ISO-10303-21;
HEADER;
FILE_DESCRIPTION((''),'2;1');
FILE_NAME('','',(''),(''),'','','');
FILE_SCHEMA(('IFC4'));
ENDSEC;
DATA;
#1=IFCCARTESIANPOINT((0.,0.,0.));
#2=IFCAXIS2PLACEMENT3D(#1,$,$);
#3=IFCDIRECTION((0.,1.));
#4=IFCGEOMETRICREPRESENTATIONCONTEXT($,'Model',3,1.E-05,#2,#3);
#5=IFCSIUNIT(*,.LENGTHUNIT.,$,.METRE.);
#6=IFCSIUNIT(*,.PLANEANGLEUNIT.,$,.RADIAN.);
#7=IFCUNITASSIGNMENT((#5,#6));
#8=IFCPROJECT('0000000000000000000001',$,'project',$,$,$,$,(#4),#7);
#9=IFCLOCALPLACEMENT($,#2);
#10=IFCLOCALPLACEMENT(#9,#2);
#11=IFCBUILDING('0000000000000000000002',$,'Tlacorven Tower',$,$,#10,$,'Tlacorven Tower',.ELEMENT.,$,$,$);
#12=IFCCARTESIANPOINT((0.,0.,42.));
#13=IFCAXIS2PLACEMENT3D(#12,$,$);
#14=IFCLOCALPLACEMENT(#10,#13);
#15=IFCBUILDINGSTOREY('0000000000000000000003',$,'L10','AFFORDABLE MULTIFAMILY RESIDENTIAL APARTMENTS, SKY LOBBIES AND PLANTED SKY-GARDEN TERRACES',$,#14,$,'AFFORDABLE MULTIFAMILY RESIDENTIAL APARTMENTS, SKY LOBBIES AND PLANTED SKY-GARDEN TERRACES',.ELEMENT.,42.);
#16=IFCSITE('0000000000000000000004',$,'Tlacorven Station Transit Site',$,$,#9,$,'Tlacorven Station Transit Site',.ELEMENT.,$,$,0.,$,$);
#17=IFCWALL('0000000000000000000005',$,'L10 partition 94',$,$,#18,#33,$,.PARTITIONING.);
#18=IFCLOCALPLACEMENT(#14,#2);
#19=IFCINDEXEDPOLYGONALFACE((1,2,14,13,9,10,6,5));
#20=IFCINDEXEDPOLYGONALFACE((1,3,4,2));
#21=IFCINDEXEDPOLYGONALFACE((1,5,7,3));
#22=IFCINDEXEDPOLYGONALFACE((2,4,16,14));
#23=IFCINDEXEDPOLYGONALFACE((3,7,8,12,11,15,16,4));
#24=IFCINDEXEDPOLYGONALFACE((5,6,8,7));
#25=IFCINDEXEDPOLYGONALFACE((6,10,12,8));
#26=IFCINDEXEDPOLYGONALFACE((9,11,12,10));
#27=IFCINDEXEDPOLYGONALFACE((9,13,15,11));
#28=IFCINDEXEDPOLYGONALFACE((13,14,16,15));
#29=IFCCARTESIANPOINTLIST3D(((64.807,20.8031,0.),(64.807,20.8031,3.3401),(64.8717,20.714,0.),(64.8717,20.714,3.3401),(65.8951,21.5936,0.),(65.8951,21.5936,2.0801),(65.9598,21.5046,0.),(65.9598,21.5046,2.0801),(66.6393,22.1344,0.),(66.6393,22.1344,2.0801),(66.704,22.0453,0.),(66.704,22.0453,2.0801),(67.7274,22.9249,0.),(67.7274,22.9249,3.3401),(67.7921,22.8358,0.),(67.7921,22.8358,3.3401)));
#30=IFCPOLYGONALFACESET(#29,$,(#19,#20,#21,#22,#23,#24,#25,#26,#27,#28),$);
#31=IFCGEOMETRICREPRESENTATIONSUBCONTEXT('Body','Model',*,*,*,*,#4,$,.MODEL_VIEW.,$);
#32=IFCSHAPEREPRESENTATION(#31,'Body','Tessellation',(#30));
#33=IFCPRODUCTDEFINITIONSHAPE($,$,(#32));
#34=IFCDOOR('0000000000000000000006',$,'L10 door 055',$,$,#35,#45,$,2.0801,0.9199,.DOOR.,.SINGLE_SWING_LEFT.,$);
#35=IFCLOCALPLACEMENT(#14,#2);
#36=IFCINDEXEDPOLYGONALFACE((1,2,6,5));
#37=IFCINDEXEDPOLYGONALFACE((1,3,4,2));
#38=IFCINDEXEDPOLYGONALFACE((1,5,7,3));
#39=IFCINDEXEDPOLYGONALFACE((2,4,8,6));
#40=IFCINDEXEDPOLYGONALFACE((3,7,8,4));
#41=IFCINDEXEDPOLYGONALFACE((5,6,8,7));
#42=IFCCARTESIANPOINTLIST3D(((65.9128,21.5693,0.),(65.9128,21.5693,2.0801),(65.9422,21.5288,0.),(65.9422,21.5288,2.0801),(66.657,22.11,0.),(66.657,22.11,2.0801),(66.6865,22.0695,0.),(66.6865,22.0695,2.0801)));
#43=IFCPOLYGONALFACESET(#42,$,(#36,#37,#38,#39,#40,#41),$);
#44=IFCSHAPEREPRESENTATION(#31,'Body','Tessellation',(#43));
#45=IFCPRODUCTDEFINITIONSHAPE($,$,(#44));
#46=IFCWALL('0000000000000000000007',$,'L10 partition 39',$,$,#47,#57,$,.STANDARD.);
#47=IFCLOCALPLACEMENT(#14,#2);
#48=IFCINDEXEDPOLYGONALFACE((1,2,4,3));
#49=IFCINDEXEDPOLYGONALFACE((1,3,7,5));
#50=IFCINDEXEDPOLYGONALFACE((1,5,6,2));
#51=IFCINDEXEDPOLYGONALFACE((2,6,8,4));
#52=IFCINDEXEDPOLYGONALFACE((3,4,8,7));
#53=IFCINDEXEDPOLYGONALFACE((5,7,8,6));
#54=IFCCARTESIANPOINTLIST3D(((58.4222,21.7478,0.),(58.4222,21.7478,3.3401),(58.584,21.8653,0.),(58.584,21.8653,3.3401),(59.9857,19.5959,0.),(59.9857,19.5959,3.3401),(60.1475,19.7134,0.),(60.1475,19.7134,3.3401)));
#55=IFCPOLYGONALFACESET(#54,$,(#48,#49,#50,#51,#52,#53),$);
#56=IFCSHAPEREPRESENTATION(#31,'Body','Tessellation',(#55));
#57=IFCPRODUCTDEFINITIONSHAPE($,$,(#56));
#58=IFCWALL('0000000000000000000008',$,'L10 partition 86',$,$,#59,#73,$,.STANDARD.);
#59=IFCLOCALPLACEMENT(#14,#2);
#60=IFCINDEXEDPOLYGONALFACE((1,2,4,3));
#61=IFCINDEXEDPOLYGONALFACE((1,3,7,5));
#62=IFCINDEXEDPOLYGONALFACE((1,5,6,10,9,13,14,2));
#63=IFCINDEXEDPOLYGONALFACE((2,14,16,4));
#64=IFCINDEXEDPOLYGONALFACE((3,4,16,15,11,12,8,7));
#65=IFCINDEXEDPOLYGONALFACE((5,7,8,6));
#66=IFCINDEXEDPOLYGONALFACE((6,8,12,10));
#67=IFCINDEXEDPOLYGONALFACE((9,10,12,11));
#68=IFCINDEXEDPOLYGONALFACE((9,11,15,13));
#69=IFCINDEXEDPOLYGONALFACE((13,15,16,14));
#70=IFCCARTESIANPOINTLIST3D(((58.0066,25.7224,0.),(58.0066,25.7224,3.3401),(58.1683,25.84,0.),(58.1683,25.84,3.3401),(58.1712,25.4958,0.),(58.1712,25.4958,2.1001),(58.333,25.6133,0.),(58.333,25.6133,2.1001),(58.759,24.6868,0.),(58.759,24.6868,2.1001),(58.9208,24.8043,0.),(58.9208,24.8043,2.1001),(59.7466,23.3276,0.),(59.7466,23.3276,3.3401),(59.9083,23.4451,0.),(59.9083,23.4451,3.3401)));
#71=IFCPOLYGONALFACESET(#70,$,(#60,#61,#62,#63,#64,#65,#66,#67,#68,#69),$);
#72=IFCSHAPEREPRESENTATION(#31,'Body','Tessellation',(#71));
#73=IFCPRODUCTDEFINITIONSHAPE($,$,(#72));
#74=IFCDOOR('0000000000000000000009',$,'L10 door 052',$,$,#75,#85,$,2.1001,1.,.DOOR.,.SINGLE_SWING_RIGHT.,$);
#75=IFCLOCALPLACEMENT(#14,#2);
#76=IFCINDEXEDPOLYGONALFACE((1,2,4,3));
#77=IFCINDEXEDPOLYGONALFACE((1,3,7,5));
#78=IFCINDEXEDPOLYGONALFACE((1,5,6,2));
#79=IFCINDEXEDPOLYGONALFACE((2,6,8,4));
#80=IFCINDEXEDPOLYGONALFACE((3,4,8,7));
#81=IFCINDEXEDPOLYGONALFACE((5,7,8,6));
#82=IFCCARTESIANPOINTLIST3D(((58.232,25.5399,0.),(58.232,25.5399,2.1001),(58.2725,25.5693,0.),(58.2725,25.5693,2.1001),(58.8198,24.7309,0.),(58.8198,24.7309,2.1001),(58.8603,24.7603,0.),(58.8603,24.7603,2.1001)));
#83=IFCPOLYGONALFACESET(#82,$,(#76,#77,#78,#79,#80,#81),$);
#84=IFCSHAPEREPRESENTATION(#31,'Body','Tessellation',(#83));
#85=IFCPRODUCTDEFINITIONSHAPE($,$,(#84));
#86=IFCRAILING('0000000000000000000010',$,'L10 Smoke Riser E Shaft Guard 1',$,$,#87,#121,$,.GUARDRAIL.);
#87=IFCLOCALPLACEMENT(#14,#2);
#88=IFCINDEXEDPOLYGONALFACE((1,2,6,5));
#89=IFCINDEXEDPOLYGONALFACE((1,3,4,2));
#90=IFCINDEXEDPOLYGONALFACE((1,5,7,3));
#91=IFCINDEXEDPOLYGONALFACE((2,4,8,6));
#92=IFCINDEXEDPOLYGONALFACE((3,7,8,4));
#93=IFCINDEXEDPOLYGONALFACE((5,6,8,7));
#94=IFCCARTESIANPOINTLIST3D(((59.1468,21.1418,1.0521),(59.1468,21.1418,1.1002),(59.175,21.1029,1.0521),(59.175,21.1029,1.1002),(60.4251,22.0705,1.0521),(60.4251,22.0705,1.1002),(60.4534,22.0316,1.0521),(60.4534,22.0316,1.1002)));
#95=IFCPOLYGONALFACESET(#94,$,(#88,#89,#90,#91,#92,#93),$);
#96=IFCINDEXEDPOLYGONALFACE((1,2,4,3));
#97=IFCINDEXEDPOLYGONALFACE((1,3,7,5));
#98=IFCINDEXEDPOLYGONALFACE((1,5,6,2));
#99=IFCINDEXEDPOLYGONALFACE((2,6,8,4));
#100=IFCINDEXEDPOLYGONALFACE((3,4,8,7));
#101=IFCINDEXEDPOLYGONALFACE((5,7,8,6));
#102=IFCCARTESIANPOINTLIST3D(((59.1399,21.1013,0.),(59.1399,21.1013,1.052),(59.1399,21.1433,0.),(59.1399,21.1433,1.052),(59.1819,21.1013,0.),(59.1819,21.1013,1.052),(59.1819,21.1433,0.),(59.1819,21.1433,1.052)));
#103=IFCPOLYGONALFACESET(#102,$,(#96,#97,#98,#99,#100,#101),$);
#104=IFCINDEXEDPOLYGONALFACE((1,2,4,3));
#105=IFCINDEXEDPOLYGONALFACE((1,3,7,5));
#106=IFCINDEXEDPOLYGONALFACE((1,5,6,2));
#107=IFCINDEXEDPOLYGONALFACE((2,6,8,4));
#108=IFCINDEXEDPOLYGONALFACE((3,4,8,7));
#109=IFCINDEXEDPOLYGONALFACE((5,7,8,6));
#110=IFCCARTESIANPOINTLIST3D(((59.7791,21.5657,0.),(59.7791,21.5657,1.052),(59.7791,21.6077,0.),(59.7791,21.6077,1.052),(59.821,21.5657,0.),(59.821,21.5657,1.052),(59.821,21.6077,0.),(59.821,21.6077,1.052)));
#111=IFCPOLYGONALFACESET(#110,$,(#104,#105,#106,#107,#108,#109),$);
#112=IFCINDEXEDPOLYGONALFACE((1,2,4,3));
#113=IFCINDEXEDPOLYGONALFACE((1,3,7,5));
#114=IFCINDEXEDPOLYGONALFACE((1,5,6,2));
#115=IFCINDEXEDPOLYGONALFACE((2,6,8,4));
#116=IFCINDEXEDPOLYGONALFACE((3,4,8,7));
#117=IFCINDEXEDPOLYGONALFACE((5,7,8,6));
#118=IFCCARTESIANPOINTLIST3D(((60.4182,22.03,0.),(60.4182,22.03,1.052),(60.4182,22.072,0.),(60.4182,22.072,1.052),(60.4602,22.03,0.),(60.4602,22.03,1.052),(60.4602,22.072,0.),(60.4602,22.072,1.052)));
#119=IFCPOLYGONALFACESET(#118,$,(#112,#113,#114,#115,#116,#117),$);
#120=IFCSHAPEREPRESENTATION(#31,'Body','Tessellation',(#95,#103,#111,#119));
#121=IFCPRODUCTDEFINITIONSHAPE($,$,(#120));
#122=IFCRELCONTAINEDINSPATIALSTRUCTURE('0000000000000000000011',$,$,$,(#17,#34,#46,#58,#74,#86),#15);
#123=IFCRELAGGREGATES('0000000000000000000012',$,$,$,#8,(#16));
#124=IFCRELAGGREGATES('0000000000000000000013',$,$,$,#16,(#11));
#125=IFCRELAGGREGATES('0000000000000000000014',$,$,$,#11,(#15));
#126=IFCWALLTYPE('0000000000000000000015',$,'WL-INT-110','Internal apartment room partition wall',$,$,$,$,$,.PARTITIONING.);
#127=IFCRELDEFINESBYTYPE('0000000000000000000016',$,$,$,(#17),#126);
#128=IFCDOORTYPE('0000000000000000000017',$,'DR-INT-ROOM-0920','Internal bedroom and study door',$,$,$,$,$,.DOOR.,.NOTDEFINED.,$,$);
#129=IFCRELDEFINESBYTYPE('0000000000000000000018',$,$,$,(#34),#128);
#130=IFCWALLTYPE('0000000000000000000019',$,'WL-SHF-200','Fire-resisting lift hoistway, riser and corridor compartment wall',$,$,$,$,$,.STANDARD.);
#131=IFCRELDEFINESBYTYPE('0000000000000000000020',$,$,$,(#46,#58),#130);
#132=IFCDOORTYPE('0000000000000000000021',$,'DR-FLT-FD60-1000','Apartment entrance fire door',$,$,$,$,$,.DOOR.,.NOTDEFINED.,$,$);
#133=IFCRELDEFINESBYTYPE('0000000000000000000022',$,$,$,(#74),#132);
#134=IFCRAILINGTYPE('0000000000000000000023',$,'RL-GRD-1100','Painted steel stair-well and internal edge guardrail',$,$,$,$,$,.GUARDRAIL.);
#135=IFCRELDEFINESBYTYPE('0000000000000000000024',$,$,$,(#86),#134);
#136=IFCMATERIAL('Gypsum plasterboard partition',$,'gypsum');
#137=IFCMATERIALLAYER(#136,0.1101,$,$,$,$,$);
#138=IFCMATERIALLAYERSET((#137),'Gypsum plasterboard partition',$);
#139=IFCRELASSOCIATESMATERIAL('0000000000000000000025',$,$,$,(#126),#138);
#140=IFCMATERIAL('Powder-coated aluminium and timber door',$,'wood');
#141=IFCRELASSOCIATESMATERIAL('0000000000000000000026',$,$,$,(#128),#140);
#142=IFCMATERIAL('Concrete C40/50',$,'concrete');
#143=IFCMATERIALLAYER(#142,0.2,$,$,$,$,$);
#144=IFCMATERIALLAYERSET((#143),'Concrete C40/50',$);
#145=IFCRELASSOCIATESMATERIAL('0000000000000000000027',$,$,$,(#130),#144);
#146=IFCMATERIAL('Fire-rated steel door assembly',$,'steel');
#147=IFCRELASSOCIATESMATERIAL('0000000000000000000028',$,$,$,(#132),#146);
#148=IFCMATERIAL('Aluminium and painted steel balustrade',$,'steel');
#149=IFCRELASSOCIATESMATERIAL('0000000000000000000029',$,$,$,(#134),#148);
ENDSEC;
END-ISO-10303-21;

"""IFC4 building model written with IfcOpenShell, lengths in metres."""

from ifc_helpers import new_model, si_unit, direction, frame, frame_2d, origin, origin_2d, place, context, subcontext, project, spatial, rectangle, extrude, source, transform, mapped, material, layer, layer_set, type_object, element, fill, save


model = new_model("IFC4")

# Units and contexts
model_context = context("Model", 3, precision=1e-05, world=origin(), true_north=direction((0.0, 1.0)))
body_context = subcontext(model_context, "Body", "Model", "MODEL_VIEW")
ifc_project = project(units=[si_unit("LENGTHUNIT", "METRE"), si_unit("PLANEANGLEUNIT", "RADIAN")], contexts=[model_context])

# Site, building, storey
site_placement = place(None, origin())
site = spatial("IfcSite", under=ifc_project, at=site_placement, Name="Tlacorven Station Transit Site", LongName="Tlacorven Station Transit Site", CompositionType="ELEMENT", RefElevation=0.0)
building_placement = place(site_placement, origin())
building = spatial("IfcBuilding", under=site, at=building_placement, Name="Tlacorven Tower", LongName="Tlacorven Tower", CompositionType="ELEMENT")
storey_placement = place(building_placement, frame((0.0, 0.0, 42.0)))
storey = spatial("IfcBuildingStorey", under=building, at=storey_placement, Name="L10", Description="AFFORDABLE MULTIFAMILY RESIDENTIAL APARTMENTS, SKY LOBBIES AND PLANTED SKY-GARDEN TERRACES", LongName="AFFORDABLE MULTIFAMILY RESIDENTIAL APARTMENTS, SKY LOBBIES AND PLANTED SKY-GARDEN TERRACES", CompositionType="ELEMENT", Elevation=42.0)

# Wall, opening, door
ifc_material_1 = material(Name="Gypsum plasterboard partition", Category="gypsum")
ifc_layer_1 = layer(ifc_material_1, 0.1101)
ifc_layer_set_1 = layer_set([ifc_layer_1], Name="Gypsum plasterboard partition")
wall_type_1 = type_object("IfcWallType", Name="WL-INT-110", Description="Internal apartment room partition wall", PredefinedType="PARTITIONING", material=ifc_layer_set_1)
wall_1_placement = place(storey_placement, frame((64.8394, 20.7585, 0.0), z_axis=(0.0, 0.0, 1.0), x_axis=(0.809014, 0.58779, 0.0)))
wall_1 = element("IfcWall", 1, at=wall_1_placement, inside=storey, type_object=wall_type_1, Name="L10 partition 94", PredefinedType="PARTITIONING", context=body_context, shape_type="SweptSolid", body=[
    extrude(rectangle(XDim=3.6099, YDim=0.1101, at=frame_2d((1.8049, 0.0))), origin(), (0.0, 0.0, 1.0), 3.3401),
])
opening_1_placement = place(wall_1_placement, frame((1.345, 0.0, 0.0)))
opening_1 = element("IfcOpeningElement", 2, at=opening_1_placement, cuts=wall_1, PredefinedType="OPENING", context=body_context, shape_type="SweptSolid", body=[
    extrude(rectangle(XDim=0.9199, YDim=2.0801, at=frame_2d((0.46, 1.04))), frame((0.0, 0.0649, 0.0), z_axis=(0.0, -1.0, 0.0), x_axis=(1.0, 0.0, 0.0)), (0.0, 0.0, 1.0), 0.1301),
])
ifc_material_2 = material(Name="Powder-coated aluminium and timber door", Category="wood")
door_type_1 = type_object("IfcDoorType", Name="DR-INT-ROOM-0920", Description="Internal bedroom and study door", OperationType="NOTDEFINED", PredefinedType="DOOR", material=ifc_material_2)
shared_shape_1 = source(origin(), body_context, "Body", "SweptSolid", [
    extrude(rectangle(XDim=0.9199, YDim=2.0801, at=frame_2d((0.46, 1.04))), frame((0.0, 0.0249, 0.0), z_axis=(0.0, -1.0, 0.0), x_axis=(1.0, 0.0, 0.0)), (0.0, 0.0, 1.0), 0.05),
])
door_1_placement = place(opening_1_placement, origin())
door_1 = element("IfcDoor", 3, at=door_1_placement, inside=storey, type_object=door_type_1, Name="L10 door 055", OperationType="SINGLE_SWING_LEFT", OverallHeight=2.0801, OverallWidth=0.9199, PredefinedType="DOOR", context=body_context, shape_type="MappedRepresentation", body=[
    mapped(shared_shape_1, transform((0.0, 0.0, 0.0), scale=1.0)),
])
fill(opening_1, door_1)

# Wall
ifc_material_3 = material(Name="Concrete C40/50", Category="concrete")
ifc_layer_2 = layer(ifc_material_3, 0.2)
ifc_layer_set_2 = layer_set([ifc_layer_2], Name="Concrete C40/50")
wall_type_2 = type_object("IfcWallType", Name="WL-SHF-200", Description="Fire-resisting lift hoistway, riser and corridor compartment wall", PredefinedType="STANDARD", material=ifc_layer_set_2)
wall_2_placement = place(storey_placement, frame((60.0667, 19.6545, 0.0), z_axis=(0.0, 0.0, 1.0), x_axis=(-0.587801, 0.809006, 0.0)))
element("IfcWall", 4, at=wall_2_placement, inside=storey, type_object=wall_type_2, Name="L10 partition 39", PredefinedType="STANDARD", context=body_context, shape_type="SweptSolid", body=[
    extrude(rectangle(XDim=2.6599, YDim=0.2, at=frame_2d((1.3301, 0.0))), origin(), (0.0, 0.0, 1.0), 3.3401),
])

# Wall, opening, door
wall_3_placement = place(storey_placement, frame((59.8274, 23.3865, 0.0), z_axis=(0.0, 0.0, 1.0), x_axis=(-0.587804, 0.809003, 0.0)))
wall_3 = element("IfcWall", 5, at=wall_3_placement, inside=storey, type_object=wall_type_2, Name="L10 partition 86", PredefinedType="STANDARD", context=body_context, shape_type="SweptSolid", body=[
    extrude(rectangle(XDim=2.9602, YDim=0.2, at=frame_2d((1.48, 0.0))), origin(), (0.0, 0.0, 1.0), 3.3401),
])
opening_2_placement = place(wall_3_placement, frame((1.6799, 0.0, 0.0)))
opening_2 = element("IfcOpeningElement", 6, at=opening_2_placement, cuts=wall_3, PredefinedType="OPENING", context=body_context, shape_type="SweptSolid", body=[
    extrude(rectangle(XDim=1.0, YDim=2.1001, at=frame_2d((0.5, 1.05))), frame((0.0, 0.1099, 0.0), z_axis=(0.0, -1.0, 0.0), x_axis=(1.0, 0.0, 0.0)), (0.0, 0.0, 1.0), 0.22),
])
ifc_material_4 = material(Name="Fire-rated steel door assembly", Category="steel")
door_type_2 = type_object("IfcDoorType", Name="DR-FLT-FD60-1000", Description="Apartment entrance fire door", OperationType="NOTDEFINED", PredefinedType="DOOR", material=ifc_material_4)
shared_shape_2 = source(origin(), body_context, "Body", "SweptSolid", [
    extrude(rectangle(XDim=1.0, YDim=2.1001, at=frame_2d((0.5, 1.05))), frame((0.0, 0.0249, 0.0), z_axis=(0.0, -1.0, 0.0), x_axis=(1.0, 0.0, 0.0)), (0.0, 0.0, 1.0), 0.05),
])
door_2_placement = place(opening_2_placement, origin())
door_2 = element("IfcDoor", 7, at=door_2_placement, inside=storey, type_object=door_type_2, Name="L10 door 052", OperationType="SINGLE_SWING_RIGHT", OverallHeight=2.1001, OverallWidth=1.0, PredefinedType="DOOR", context=body_context, shape_type="MappedRepresentation", body=[
    mapped(shared_shape_2, transform((0.0, 0.0, 0.0), scale=1.0)),
])
fill(opening_2, door_2)

# Railing
ifc_material_5 = material(Name="Aluminium and painted steel balustrade", Category="steel")
railing_type = type_object("IfcRailingType", Name="RL-GRD-1100", Description="Painted steel stair-well and internal edge guardrail", PredefinedType="GUARDRAIL", material=ifc_material_5)
shared_shape_3 = source(origin(), body_context, "Body", "SweptSolid", [
    extrude(rectangle(XDim=0.0481, YDim=0.0481, at=origin_2d()), frame((0.0, 0.0, 1.0762), z_axis=(0.80903, 0.587767, 0.0), x_axis=(-0.587767, 0.80903, 0.0)), (0.0, 0.0, 1.0), 1.5801),
    extrude(rectangle(XDim=0.042, YDim=0.042, at=origin_2d()), origin(), (0.0, 0.0, 1.0), 1.052),
    extrude(rectangle(XDim=0.042, YDim=0.042, at=origin_2d()), frame((0.6392, 0.4644, 0.0)), (0.0, 0.0, 1.0), 1.052),
    extrude(rectangle(XDim=0.042, YDim=0.042, at=origin_2d()), frame((1.2783, 0.9287, 0.0)), (0.0, 0.0, 1.0), 1.052),
])
railing_placement = place(storey_placement, frame((59.1609, 21.1223, 0.0)))
element("IfcRailing", 8, at=railing_placement, inside=storey, type_object=railing_type, Name="L10 Smoke Riser E Shaft Guard 1", PredefinedType="GUARDRAIL", context=body_context, shape_type="MappedRepresentation", body=[
    mapped(shared_shape_3, transform((0.0, 0.0, 0.0), scale=1.0)),
])

save(model, "model.ifc")
